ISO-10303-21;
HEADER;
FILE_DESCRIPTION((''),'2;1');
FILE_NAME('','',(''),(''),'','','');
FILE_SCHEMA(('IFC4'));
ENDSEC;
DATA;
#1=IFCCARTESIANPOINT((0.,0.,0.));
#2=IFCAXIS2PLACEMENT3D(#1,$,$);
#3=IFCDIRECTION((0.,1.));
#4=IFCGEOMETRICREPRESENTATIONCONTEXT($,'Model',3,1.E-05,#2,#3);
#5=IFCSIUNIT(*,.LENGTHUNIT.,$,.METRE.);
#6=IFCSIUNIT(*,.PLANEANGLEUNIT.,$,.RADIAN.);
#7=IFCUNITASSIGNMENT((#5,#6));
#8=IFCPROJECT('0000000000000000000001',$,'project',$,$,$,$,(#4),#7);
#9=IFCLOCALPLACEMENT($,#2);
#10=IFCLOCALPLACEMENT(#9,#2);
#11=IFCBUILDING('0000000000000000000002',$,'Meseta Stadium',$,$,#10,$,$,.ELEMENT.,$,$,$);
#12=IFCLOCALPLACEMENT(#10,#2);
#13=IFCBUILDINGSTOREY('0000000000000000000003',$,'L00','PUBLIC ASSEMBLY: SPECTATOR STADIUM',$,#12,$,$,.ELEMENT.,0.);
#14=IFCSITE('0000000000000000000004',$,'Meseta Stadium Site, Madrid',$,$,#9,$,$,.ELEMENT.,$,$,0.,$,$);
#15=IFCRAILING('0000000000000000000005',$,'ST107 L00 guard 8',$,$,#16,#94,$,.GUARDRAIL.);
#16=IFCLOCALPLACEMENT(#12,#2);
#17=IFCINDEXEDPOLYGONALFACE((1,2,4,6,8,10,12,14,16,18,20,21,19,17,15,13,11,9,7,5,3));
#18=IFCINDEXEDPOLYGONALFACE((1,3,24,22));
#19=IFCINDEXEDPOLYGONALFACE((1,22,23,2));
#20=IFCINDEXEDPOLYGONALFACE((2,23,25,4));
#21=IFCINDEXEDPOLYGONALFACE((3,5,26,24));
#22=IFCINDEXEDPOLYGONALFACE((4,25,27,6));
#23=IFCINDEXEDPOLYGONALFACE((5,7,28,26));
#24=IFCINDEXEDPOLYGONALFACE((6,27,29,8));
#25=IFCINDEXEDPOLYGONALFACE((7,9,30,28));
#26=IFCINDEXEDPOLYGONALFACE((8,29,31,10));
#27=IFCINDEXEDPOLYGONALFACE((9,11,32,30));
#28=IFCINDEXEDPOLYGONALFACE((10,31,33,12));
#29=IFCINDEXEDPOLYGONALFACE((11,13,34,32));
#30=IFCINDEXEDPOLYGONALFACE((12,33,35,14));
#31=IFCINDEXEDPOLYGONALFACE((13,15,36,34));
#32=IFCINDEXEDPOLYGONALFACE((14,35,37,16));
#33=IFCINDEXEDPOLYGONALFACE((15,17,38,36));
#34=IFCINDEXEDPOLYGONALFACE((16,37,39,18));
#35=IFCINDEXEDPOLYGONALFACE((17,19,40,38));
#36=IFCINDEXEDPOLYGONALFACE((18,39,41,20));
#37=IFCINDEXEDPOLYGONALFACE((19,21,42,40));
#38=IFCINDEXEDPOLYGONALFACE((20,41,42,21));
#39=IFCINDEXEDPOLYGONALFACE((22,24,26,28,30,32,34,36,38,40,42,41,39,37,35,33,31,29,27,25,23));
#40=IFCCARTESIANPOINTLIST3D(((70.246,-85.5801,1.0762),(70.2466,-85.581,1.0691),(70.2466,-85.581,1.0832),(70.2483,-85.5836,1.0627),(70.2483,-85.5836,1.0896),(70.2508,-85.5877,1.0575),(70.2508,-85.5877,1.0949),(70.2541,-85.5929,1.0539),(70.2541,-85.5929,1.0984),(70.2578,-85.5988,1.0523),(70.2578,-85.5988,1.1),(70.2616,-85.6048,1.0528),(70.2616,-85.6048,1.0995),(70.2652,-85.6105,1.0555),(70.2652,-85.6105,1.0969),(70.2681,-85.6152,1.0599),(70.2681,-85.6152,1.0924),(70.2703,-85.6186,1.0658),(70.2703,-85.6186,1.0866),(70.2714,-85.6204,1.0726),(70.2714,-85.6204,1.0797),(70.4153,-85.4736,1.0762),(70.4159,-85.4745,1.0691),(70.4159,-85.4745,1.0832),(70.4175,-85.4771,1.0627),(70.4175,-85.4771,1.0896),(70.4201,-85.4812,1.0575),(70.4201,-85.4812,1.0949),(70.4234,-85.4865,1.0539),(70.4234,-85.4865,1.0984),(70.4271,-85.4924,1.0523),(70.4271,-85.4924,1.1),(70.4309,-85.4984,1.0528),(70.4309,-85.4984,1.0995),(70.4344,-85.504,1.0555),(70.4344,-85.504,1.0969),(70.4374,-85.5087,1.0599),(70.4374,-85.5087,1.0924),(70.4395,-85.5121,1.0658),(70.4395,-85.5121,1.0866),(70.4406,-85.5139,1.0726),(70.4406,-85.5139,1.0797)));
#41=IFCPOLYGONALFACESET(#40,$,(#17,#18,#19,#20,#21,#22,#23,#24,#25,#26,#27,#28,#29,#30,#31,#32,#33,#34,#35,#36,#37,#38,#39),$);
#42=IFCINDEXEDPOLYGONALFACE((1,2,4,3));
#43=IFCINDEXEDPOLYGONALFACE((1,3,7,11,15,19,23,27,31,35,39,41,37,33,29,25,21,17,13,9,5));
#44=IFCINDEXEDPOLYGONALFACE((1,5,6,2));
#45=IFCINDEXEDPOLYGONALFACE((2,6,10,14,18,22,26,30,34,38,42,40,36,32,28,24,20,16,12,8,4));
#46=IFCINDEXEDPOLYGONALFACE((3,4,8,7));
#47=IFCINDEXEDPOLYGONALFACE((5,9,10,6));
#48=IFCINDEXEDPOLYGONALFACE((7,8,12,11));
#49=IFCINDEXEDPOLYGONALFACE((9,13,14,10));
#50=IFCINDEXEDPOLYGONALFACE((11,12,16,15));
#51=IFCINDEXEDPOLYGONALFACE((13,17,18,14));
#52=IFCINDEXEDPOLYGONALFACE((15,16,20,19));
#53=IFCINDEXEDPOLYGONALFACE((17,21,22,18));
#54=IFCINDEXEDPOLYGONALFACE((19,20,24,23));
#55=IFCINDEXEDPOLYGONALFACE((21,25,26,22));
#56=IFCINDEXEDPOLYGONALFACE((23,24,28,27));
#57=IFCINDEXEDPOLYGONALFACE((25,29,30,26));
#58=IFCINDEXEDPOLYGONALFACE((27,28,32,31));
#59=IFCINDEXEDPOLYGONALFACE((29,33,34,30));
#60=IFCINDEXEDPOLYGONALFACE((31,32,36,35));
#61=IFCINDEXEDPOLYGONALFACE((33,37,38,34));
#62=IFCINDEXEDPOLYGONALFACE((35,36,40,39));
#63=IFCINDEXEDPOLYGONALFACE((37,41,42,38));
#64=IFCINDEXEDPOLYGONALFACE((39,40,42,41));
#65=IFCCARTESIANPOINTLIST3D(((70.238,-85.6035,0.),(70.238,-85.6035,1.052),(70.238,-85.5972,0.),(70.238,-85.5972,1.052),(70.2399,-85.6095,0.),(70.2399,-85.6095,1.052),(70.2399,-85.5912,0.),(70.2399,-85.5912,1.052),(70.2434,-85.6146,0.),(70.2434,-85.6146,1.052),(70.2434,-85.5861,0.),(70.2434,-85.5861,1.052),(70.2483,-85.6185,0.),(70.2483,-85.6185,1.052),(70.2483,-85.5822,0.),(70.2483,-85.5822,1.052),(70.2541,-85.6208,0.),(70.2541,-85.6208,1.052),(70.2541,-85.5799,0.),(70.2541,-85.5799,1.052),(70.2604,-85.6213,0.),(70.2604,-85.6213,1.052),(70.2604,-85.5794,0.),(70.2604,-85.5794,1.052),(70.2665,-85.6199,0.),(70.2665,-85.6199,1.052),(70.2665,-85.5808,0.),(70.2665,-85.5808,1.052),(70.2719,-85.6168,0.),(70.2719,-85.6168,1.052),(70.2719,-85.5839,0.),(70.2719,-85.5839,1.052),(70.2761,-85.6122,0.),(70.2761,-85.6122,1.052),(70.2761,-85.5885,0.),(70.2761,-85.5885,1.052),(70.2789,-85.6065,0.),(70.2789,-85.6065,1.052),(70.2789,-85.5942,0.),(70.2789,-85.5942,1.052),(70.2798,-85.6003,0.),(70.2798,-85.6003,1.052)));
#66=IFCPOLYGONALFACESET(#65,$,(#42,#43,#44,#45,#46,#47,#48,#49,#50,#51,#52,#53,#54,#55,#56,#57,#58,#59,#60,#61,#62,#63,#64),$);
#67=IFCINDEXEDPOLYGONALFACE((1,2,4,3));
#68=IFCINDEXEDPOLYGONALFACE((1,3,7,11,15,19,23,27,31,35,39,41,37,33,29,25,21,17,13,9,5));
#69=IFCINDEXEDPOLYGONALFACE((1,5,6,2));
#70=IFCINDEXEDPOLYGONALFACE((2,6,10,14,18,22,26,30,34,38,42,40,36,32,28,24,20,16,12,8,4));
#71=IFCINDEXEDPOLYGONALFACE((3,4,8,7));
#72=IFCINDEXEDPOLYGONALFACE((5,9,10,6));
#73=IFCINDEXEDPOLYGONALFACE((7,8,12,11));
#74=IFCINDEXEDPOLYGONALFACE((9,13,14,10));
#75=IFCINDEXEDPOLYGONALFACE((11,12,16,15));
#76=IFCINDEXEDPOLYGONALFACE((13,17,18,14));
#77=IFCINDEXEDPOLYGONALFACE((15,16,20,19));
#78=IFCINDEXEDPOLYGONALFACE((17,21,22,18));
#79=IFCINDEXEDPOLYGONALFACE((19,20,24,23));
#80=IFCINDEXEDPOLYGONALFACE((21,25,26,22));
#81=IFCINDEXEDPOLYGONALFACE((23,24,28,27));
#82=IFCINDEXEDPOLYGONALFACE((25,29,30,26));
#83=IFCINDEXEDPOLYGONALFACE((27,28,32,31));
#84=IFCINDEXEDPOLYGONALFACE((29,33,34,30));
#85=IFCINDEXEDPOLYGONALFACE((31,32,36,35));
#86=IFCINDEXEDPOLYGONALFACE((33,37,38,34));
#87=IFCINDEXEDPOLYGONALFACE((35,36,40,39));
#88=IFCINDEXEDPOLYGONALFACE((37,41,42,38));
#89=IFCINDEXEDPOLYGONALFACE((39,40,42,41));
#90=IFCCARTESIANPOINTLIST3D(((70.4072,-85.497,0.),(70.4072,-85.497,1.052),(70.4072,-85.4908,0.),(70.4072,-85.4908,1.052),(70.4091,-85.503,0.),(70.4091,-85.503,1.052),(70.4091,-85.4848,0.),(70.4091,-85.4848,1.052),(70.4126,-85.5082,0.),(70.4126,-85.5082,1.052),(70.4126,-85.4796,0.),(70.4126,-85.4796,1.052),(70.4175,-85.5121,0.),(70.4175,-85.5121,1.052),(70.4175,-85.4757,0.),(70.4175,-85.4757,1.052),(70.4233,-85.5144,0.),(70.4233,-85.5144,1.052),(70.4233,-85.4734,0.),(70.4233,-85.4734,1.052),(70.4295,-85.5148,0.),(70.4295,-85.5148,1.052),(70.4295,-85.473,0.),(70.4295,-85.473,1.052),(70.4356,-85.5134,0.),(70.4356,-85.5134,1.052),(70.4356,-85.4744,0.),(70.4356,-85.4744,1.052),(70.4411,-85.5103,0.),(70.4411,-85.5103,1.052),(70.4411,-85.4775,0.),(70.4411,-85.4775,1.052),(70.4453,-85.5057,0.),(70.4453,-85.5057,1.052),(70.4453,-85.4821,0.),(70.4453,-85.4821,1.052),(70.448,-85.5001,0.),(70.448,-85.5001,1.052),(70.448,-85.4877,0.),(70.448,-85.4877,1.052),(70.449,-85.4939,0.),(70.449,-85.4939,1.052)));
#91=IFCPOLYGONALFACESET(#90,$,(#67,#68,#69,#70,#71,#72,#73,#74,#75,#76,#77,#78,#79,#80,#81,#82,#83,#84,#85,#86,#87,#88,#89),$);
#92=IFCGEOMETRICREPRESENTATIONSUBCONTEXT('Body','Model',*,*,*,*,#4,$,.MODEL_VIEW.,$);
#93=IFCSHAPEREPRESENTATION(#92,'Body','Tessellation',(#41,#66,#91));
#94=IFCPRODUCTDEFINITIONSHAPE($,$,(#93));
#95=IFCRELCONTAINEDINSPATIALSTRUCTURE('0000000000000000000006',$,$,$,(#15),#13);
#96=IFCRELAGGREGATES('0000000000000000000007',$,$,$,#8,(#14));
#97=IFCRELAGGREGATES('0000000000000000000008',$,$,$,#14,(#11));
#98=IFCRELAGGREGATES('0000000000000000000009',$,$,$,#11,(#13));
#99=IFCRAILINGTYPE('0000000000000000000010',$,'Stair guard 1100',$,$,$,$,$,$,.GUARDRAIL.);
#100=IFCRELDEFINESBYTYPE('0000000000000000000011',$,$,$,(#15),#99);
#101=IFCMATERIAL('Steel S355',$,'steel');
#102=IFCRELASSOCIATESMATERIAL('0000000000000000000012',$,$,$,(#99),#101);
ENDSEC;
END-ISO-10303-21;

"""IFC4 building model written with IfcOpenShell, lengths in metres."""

from ifc_helpers import new_model, si_unit, direction, frame, origin, origin_2d, place, context, subcontext, project, spatial, circle, extrude, material, type_object, element, save


model = new_model("IFC4")

# Units and contexts
model_context = context("Model", 3, precision=1e-05, world=origin(), true_north=direction((0.0, 1.0)))
body_context = subcontext(model_context, "Body", "Model", "MODEL_VIEW")
ifc_project = project(units=[si_unit("LENGTHUNIT", "METRE"), si_unit("PLANEANGLEUNIT", "RADIAN")], contexts=[model_context])

# Site, building, storey
site_placement = place(None, origin())
site = spatial("IfcSite", under=ifc_project, at=site_placement, Name="Meseta Stadium Site, Madrid", CompositionType="ELEMENT", RefElevation=0.0)
building_placement = place(site_placement, origin())
building = spatial("IfcBuilding", under=site, at=building_placement, Name="Meseta Stadium", CompositionType="ELEMENT")
storey_placement = place(building_placement, origin())
storey = spatial("IfcBuildingStorey", under=building, at=storey_placement, Name="L00", Description="PUBLIC ASSEMBLY: SPECTATOR STADIUM", CompositionType="ELEMENT", Elevation=0.0)

# Railing
ifc_material_1 = material(Name="Steel S355", Category="steel")
railing_type_1 = type_object("IfcRailingType", Name="Stair guard 1100", PredefinedType="GUARDRAIL", material=ifc_material_1)
railing_1_placement = place(storey_placement, frame((70.2588, -85.6003, 0.0)))
element("IfcRailing", 1, at=railing_1_placement, inside=storey, type_object=railing_type_1, Name="ST107 L00 guard 8", PredefinedType="GUARDRAIL", context=body_context, shape_type="SweptSolid", body=[
    extrude(circle(Radius=0.0239, at=origin_2d()), frame((0.0, 0.0, 1.0762), z_axis=(0.846416, 0.532522, 0.0), x_axis=(-0.532522, 0.846416, 0.0)), (0.0, 0.0, 1.0), 0.2),
    extrude(circle(Radius=0.021, at=origin_2d()), origin(), (0.0, 0.0, 1.0), 1.052),
    extrude(circle(Radius=0.021, at=origin_2d()), frame((0.1692, 0.1064, 0.0)), (0.0, 0.0, 1.0), 1.052),
])

save(model, "model.ifc")
